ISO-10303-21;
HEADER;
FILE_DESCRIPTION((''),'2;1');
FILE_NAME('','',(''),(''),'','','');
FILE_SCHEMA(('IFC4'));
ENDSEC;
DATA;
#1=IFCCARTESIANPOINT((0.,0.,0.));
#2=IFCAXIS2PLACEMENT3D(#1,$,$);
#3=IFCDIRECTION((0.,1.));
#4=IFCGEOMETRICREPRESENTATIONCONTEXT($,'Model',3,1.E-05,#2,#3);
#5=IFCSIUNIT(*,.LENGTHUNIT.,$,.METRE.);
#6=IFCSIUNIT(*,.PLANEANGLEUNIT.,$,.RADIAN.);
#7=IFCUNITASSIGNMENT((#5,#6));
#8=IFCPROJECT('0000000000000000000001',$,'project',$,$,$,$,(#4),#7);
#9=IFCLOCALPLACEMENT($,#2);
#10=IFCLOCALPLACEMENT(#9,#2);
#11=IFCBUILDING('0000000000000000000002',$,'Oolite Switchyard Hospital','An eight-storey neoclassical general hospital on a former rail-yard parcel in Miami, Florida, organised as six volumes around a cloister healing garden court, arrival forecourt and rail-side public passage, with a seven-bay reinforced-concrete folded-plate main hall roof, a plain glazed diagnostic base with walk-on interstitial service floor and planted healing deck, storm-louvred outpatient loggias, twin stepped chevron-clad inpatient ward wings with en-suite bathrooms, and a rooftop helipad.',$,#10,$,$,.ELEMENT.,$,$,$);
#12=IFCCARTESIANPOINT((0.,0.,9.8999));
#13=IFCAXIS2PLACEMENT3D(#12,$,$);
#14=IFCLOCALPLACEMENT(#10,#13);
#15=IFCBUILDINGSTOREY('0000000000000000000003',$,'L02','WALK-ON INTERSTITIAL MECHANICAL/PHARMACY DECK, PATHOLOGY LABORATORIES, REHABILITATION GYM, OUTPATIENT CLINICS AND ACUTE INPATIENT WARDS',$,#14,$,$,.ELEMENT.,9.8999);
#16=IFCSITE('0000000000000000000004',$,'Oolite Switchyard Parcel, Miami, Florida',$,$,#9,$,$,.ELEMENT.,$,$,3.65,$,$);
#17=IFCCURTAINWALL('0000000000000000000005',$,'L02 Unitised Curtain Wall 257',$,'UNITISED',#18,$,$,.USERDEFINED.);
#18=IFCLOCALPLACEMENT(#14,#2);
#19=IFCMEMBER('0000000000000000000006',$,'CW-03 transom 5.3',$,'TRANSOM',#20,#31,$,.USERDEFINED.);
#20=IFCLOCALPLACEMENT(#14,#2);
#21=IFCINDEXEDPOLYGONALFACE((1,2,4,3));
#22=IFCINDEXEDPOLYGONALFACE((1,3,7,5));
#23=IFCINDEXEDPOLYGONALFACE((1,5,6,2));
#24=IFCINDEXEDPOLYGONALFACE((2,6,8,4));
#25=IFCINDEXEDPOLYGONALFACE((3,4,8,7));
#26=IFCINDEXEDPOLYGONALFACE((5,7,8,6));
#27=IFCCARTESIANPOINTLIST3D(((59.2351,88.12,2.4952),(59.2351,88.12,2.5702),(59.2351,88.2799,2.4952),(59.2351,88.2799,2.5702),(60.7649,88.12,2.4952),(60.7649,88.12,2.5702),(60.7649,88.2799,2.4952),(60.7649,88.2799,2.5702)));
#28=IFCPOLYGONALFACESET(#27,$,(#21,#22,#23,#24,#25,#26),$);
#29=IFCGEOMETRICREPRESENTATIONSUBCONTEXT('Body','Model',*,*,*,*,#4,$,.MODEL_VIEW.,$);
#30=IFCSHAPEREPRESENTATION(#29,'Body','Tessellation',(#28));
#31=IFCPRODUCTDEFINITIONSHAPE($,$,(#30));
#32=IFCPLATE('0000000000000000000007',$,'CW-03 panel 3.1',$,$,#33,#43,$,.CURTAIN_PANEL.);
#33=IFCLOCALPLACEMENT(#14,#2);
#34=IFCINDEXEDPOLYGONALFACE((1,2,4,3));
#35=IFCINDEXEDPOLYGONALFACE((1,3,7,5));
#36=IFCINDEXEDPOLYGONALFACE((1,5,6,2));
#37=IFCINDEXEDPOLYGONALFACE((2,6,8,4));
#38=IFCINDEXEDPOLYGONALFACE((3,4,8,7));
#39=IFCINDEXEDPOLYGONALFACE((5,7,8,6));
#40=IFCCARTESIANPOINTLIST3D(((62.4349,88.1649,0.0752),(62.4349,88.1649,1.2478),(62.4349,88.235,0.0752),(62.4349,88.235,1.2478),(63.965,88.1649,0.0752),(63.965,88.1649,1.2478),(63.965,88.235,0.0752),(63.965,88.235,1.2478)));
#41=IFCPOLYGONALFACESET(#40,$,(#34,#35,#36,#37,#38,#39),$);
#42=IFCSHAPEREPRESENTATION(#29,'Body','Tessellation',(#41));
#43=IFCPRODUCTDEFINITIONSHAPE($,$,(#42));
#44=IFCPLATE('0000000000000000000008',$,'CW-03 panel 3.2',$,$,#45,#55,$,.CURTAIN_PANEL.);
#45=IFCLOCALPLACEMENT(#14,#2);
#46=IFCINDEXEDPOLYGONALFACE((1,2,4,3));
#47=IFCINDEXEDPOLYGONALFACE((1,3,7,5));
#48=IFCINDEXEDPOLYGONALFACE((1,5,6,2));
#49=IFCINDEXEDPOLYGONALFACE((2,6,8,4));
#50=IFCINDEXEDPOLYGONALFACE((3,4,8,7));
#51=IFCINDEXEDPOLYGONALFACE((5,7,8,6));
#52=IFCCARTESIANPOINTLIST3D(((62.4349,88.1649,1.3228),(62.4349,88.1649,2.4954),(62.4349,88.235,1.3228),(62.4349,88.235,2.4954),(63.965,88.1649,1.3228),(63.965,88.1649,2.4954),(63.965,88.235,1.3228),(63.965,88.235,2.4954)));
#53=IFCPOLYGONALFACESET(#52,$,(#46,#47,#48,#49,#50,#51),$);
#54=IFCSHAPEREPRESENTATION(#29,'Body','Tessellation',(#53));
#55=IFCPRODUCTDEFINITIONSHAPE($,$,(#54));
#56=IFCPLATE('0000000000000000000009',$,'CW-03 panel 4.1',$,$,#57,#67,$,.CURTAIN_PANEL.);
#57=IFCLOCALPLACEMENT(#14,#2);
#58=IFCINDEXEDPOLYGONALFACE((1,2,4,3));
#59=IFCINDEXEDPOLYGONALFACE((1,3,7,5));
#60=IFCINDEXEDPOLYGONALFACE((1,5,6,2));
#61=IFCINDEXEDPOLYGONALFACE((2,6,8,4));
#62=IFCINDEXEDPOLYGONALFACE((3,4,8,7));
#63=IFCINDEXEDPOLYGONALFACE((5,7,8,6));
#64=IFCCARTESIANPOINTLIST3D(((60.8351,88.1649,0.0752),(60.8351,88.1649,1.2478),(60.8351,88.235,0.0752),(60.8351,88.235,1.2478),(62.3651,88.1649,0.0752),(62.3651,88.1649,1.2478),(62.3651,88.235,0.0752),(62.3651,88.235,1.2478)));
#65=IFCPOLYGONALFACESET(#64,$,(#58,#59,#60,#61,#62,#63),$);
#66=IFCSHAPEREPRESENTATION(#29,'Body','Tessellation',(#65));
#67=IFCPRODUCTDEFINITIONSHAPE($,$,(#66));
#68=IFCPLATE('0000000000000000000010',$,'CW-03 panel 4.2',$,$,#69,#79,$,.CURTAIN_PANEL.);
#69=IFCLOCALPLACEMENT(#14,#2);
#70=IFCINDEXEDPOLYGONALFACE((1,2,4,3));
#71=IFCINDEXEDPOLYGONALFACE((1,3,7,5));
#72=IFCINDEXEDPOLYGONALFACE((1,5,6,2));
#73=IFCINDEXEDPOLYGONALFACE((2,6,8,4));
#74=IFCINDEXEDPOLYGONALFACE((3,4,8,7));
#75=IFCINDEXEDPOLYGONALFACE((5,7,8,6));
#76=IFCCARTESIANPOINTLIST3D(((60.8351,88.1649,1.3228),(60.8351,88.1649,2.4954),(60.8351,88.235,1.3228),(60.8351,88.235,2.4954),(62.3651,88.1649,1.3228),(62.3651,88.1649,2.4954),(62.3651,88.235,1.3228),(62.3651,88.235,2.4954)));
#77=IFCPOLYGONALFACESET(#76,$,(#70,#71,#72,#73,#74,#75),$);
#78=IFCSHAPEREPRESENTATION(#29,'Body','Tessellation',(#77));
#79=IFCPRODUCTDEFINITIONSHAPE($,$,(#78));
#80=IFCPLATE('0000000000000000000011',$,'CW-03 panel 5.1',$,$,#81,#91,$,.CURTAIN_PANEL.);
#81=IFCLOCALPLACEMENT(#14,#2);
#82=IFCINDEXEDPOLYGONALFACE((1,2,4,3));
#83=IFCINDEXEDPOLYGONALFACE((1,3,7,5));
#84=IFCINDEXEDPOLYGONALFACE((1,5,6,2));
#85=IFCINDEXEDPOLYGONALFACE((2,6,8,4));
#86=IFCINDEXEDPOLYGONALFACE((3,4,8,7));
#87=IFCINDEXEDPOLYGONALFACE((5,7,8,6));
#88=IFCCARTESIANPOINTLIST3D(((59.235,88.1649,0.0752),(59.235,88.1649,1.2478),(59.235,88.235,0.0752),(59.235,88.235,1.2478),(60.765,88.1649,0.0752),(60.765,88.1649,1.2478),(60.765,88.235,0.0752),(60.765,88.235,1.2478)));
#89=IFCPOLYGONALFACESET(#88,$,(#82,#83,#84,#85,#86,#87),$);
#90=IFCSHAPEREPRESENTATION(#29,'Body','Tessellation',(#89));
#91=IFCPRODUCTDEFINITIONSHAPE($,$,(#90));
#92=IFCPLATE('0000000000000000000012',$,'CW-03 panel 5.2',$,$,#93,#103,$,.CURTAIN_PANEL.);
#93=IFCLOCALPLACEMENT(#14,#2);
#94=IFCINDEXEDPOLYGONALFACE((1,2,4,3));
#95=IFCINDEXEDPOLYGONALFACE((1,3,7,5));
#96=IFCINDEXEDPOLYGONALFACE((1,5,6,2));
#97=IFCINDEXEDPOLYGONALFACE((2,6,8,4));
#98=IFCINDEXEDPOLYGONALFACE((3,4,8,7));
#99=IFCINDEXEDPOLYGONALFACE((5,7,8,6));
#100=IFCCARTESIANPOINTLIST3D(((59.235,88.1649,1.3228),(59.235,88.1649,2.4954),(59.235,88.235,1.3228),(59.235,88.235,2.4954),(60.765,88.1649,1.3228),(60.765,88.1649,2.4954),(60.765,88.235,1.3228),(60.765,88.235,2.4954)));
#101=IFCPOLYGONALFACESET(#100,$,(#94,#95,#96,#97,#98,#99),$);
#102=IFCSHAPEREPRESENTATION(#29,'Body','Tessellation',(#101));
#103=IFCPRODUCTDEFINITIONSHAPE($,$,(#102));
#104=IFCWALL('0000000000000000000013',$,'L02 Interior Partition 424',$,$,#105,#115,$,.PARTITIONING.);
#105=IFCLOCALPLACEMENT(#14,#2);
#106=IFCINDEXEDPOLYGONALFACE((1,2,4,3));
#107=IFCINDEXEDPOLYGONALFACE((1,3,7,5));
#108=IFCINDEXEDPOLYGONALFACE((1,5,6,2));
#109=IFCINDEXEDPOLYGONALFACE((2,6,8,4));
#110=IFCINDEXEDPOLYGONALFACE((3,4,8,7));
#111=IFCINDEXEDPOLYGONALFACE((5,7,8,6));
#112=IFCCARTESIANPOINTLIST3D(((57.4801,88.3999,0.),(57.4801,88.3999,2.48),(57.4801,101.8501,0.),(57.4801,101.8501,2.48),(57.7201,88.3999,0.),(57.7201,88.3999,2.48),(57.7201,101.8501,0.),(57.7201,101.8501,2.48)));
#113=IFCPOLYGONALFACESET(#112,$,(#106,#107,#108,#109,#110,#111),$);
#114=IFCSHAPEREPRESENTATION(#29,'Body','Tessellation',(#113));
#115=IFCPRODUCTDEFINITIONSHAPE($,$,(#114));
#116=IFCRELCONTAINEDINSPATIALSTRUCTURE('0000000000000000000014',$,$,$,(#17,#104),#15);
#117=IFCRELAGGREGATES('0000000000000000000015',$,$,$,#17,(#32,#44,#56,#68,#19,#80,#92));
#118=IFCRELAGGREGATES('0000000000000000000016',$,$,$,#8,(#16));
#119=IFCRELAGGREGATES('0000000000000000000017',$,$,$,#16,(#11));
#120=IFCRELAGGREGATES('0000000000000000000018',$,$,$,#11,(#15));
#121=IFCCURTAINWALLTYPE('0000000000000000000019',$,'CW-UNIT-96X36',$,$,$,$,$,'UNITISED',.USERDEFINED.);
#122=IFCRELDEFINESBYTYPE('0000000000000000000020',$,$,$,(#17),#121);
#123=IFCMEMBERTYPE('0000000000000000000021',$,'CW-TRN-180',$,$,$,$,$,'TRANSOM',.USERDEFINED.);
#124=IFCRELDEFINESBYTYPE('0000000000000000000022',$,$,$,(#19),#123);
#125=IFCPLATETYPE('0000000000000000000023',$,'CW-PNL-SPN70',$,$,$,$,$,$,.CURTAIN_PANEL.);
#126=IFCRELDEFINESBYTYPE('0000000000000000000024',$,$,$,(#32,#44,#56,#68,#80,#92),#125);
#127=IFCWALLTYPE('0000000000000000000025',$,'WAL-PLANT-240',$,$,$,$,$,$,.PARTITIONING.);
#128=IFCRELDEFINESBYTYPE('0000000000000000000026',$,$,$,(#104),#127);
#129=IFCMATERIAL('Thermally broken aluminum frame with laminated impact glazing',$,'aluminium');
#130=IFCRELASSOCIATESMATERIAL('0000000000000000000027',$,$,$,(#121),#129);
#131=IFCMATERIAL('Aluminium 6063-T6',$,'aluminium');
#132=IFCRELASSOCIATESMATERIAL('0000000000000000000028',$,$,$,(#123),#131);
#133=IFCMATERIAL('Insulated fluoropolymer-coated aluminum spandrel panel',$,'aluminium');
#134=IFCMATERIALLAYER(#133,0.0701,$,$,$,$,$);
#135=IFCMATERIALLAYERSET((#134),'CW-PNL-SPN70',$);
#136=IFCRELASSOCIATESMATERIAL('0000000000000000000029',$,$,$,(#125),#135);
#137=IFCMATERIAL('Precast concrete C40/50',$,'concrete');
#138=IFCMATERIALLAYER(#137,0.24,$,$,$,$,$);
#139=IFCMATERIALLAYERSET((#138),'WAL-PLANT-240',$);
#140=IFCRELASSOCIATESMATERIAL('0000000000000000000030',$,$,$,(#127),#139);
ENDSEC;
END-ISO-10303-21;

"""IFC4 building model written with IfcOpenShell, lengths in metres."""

from ifc_helpers import new_model, si_unit, direction, frame, frame_2d, origin, origin_2d, place, context, subcontext, project, spatial, rectangle, extrude, material, layer, layer_set, material_profile, profile_set, type_object, element, aggregate, save


model = new_model("IFC4")

# Units and contexts
model_context = context("Model", 3, precision=1e-05, world=origin(), true_north=direction((0.0, 1.0)))
body_context = subcontext(model_context, "Body", "Model", "MODEL_VIEW")
ifc_project = project(units=[si_unit("LENGTHUNIT", "METRE"), si_unit("PLANEANGLEUNIT", "RADIAN")], contexts=[model_context])

# Site, building, storey
site_placement = place(None, origin())
site = spatial("IfcSite", under=ifc_project, at=site_placement, Name="Oolite Switchyard Parcel, Miami, Florida", CompositionType="ELEMENT", RefElevation=3.65)
building_placement = place(site_placement, origin())
building = spatial("IfcBuilding", under=site, at=building_placement, Name="Oolite Switchyard Hospital", Description="An eight-storey neoclassical general hospital on a former rail-yard parcel in Miami, Florida, organised as six volumes around a cloister healing garden court, arrival forecourt and rail-side public passage, with a seven-bay reinforced-concrete folded-plate main hall roof, a plain glazed diagnostic base with walk-on interstitial service floor and planted healing deck, storm-louvred outpatient loggias, twin stepped chevron-clad inpatient ward wings with en-suite bathrooms, and a rooftop helipad.", CompositionType="ELEMENT")
storey_placement = place(building_placement, frame((0.0, 0.0, 9.8999)))
storey = spatial("IfcBuildingStorey", under=building, at=storey_placement, Name="L02", Description="WALK-ON INTERSTITIAL MECHANICAL/PHARMACY DECK, PATHOLOGY LABORATORIES, REHABILITATION GYM, OUTPATIENT CLINICS AND ACUTE INPATIENT WARDS", CompositionType="ELEMENT", Elevation=9.8999)

# Curtain wall, member, plates
ifc_material_1 = material(Name="Thermally broken aluminum frame with laminated impact glazing", Category="aluminium")
curtain_wall_type = type_object("IfcCurtainWallType", Name="CW-UNIT-96X36", ElementType="UNITISED", PredefinedType="USERDEFINED", material=ifc_material_1)
curtain_wall_placement = place(storey_placement, origin())
curtain_wall = element("IfcCurtainWall", 1, at=curtain_wall_placement, inside=storey, type_object=curtain_wall_type, Name="L02 Unitised Curtain Wall 257", ObjectType="UNITISED", PredefinedType="USERDEFINED")
ifc_material_2 = material(Name="Aluminium 6063-T6", Category="aluminium")
ifc_material_profile_1 = material_profile(ifc_material_2, rectangle(XDim=0.1599, YDim=0.075, at=origin_2d()), Name="CWT75X160")
ifc_profile_set_1 = profile_set([ifc_material_profile_1], Name="Aluminium 6063-T6")
member_type_1 = type_object("IfcMemberType", Name="CW-TRN-180", ElementType="TRANSOM", PredefinedType="USERDEFINED", material=ifc_profile_set_1)
member_1_placement = place(storey_placement, frame((60.7649, 88.2, 2.5327), z_axis=(-1.0, 0.0, 0.0), x_axis=(0.0, -1.0, 0.0)))
member_1 = element("IfcMember", 2, at=member_1_placement, type_object=member_type_1, Name="CW-03 transom 5.3", ObjectType="TRANSOM", PredefinedType="USERDEFINED", context=body_context, shape_type="SweptSolid", body=[
    extrude(rectangle(XDim=0.1599, YDim=0.075, at=origin_2d()), origin(), (0.0, 0.0, 1.0), 1.5298),
])
ifc_material_3 = material(Name="Insulated fluoropolymer-coated aluminum spandrel panel", Category="aluminium")
ifc_layer_1 = layer(ifc_material_3, 0.0701)
ifc_layer_set_1 = layer_set([ifc_layer_1], Name="CW-PNL-SPN70")
plate_type = type_object("IfcPlateType", Name="CW-PNL-SPN70", PredefinedType="CURTAIN_PANEL", material=ifc_layer_set_1)
plate_1_placement = place(storey_placement, frame((63.2, 88.2, 0.0752), z_axis=(0.0, 0.0, 1.0), x_axis=(-1.0, 0.0, 0.0)))
plate_1 = element("IfcPlate", 3, at=plate_1_placement, type_object=plate_type, Name="CW-03 panel 3.1", PredefinedType="CURTAIN_PANEL", context=body_context, shape_type="SweptSolid", body=[
    extrude(rectangle(XDim=1.53, YDim=0.0701, at=origin_2d()), origin(), (0.0, 0.0, 1.0), 1.1726),
])
plate_2_placement = place(storey_placement, frame((63.2, 88.2, 1.3228), z_axis=(0.0, 0.0, 1.0), x_axis=(-1.0, 0.0, 0.0)))
plate_2 = element("IfcPlate", 4, at=plate_2_placement, type_object=plate_type, Name="CW-03 panel 3.2", PredefinedType="CURTAIN_PANEL", context=body_context, shape_type="SweptSolid", body=[
    extrude(rectangle(XDim=1.53, YDim=0.0701, at=origin_2d()), origin(), (0.0, 0.0, 1.0), 1.1726),
])
plate_3_placement = place(storey_placement, frame((61.6001, 88.2, 0.0752), z_axis=(0.0, 0.0, 1.0), x_axis=(-1.0, 0.0, 0.0)))
plate_3 = element("IfcPlate", 5, at=plate_3_placement, type_object=plate_type, Name="CW-03 panel 4.1", PredefinedType="CURTAIN_PANEL", context=body_context, shape_type="SweptSolid", body=[
    extrude(rectangle(XDim=1.53, YDim=0.0701, at=origin_2d()), origin(), (0.0, 0.0, 1.0), 1.1726),
])
plate_4_placement = place(storey_placement, frame((61.6001, 88.2, 1.3228), z_axis=(0.0, 0.0, 1.0), x_axis=(-1.0, 0.0, 0.0)))
plate_4 = element("IfcPlate", 6, at=plate_4_placement, type_object=plate_type, Name="CW-03 panel 4.2", PredefinedType="CURTAIN_PANEL", context=body_context, shape_type="SweptSolid", body=[
    extrude(rectangle(XDim=1.53, YDim=0.0701, at=origin_2d()), origin(), (0.0, 0.0, 1.0), 1.1726),
])
plate_5_placement = place(storey_placement, frame((60.0, 88.2, 0.0752), z_axis=(0.0, 0.0, 1.0), x_axis=(-1.0, 0.0, 0.0)))
plate_5 = element("IfcPlate", 7, at=plate_5_placement, type_object=plate_type, Name="CW-03 panel 5.1", PredefinedType="CURTAIN_PANEL", context=body_context, shape_type="SweptSolid", body=[
    extrude(rectangle(XDim=1.53, YDim=0.0701, at=origin_2d()), origin(), (0.0, 0.0, 1.0), 1.1726),
])
plate_6_placement = place(storey_placement, frame((60.0, 88.2, 1.3228), z_axis=(0.0, 0.0, 1.0), x_axis=(-1.0, 0.0, 0.0)))
plate_6 = element("IfcPlate", 8, at=plate_6_placement, type_object=plate_type, Name="CW-03 panel 5.2", PredefinedType="CURTAIN_PANEL", context=body_context, shape_type="SweptSolid", body=[
    extrude(rectangle(XDim=1.53, YDim=0.0701, at=origin_2d()), origin(), (0.0, 0.0, 1.0), 1.1726),
])
aggregate(curtain_wall, [plate_1, plate_2, plate_3, plate_4, member_1, plate_5, plate_6])

# Wall
ifc_material_4 = material(Name="Precast concrete C40/50", Category="concrete")
ifc_layer_2 = layer(ifc_material_4, 0.24)
ifc_layer_set_2 = layer_set([ifc_layer_2], Name="WAL-PLANT-240")
wall_type = type_object("IfcWallType", Name="WAL-PLANT-240", PredefinedType="PARTITIONING", material=ifc_layer_set_2)
wall_placement = place(storey_placement, frame((57.6001, 88.3999, 0.0), z_axis=(0.0, 0.0, 1.0), x_axis=(0.0, 1.0, 0.0)))
element("IfcWall", 9, at=wall_placement, inside=storey, type_object=wall_type, Name="L02 Interior Partition 424", PredefinedType="PARTITIONING", context=body_context, shape_type="SweptSolid", body=[
    extrude(rectangle(XDim=13.4502, YDim=0.24, at=frame_2d((6.7251, 0.0))), origin(), (0.0, 0.0, 1.0), 2.48),
])

save(model, "model.ifc")
